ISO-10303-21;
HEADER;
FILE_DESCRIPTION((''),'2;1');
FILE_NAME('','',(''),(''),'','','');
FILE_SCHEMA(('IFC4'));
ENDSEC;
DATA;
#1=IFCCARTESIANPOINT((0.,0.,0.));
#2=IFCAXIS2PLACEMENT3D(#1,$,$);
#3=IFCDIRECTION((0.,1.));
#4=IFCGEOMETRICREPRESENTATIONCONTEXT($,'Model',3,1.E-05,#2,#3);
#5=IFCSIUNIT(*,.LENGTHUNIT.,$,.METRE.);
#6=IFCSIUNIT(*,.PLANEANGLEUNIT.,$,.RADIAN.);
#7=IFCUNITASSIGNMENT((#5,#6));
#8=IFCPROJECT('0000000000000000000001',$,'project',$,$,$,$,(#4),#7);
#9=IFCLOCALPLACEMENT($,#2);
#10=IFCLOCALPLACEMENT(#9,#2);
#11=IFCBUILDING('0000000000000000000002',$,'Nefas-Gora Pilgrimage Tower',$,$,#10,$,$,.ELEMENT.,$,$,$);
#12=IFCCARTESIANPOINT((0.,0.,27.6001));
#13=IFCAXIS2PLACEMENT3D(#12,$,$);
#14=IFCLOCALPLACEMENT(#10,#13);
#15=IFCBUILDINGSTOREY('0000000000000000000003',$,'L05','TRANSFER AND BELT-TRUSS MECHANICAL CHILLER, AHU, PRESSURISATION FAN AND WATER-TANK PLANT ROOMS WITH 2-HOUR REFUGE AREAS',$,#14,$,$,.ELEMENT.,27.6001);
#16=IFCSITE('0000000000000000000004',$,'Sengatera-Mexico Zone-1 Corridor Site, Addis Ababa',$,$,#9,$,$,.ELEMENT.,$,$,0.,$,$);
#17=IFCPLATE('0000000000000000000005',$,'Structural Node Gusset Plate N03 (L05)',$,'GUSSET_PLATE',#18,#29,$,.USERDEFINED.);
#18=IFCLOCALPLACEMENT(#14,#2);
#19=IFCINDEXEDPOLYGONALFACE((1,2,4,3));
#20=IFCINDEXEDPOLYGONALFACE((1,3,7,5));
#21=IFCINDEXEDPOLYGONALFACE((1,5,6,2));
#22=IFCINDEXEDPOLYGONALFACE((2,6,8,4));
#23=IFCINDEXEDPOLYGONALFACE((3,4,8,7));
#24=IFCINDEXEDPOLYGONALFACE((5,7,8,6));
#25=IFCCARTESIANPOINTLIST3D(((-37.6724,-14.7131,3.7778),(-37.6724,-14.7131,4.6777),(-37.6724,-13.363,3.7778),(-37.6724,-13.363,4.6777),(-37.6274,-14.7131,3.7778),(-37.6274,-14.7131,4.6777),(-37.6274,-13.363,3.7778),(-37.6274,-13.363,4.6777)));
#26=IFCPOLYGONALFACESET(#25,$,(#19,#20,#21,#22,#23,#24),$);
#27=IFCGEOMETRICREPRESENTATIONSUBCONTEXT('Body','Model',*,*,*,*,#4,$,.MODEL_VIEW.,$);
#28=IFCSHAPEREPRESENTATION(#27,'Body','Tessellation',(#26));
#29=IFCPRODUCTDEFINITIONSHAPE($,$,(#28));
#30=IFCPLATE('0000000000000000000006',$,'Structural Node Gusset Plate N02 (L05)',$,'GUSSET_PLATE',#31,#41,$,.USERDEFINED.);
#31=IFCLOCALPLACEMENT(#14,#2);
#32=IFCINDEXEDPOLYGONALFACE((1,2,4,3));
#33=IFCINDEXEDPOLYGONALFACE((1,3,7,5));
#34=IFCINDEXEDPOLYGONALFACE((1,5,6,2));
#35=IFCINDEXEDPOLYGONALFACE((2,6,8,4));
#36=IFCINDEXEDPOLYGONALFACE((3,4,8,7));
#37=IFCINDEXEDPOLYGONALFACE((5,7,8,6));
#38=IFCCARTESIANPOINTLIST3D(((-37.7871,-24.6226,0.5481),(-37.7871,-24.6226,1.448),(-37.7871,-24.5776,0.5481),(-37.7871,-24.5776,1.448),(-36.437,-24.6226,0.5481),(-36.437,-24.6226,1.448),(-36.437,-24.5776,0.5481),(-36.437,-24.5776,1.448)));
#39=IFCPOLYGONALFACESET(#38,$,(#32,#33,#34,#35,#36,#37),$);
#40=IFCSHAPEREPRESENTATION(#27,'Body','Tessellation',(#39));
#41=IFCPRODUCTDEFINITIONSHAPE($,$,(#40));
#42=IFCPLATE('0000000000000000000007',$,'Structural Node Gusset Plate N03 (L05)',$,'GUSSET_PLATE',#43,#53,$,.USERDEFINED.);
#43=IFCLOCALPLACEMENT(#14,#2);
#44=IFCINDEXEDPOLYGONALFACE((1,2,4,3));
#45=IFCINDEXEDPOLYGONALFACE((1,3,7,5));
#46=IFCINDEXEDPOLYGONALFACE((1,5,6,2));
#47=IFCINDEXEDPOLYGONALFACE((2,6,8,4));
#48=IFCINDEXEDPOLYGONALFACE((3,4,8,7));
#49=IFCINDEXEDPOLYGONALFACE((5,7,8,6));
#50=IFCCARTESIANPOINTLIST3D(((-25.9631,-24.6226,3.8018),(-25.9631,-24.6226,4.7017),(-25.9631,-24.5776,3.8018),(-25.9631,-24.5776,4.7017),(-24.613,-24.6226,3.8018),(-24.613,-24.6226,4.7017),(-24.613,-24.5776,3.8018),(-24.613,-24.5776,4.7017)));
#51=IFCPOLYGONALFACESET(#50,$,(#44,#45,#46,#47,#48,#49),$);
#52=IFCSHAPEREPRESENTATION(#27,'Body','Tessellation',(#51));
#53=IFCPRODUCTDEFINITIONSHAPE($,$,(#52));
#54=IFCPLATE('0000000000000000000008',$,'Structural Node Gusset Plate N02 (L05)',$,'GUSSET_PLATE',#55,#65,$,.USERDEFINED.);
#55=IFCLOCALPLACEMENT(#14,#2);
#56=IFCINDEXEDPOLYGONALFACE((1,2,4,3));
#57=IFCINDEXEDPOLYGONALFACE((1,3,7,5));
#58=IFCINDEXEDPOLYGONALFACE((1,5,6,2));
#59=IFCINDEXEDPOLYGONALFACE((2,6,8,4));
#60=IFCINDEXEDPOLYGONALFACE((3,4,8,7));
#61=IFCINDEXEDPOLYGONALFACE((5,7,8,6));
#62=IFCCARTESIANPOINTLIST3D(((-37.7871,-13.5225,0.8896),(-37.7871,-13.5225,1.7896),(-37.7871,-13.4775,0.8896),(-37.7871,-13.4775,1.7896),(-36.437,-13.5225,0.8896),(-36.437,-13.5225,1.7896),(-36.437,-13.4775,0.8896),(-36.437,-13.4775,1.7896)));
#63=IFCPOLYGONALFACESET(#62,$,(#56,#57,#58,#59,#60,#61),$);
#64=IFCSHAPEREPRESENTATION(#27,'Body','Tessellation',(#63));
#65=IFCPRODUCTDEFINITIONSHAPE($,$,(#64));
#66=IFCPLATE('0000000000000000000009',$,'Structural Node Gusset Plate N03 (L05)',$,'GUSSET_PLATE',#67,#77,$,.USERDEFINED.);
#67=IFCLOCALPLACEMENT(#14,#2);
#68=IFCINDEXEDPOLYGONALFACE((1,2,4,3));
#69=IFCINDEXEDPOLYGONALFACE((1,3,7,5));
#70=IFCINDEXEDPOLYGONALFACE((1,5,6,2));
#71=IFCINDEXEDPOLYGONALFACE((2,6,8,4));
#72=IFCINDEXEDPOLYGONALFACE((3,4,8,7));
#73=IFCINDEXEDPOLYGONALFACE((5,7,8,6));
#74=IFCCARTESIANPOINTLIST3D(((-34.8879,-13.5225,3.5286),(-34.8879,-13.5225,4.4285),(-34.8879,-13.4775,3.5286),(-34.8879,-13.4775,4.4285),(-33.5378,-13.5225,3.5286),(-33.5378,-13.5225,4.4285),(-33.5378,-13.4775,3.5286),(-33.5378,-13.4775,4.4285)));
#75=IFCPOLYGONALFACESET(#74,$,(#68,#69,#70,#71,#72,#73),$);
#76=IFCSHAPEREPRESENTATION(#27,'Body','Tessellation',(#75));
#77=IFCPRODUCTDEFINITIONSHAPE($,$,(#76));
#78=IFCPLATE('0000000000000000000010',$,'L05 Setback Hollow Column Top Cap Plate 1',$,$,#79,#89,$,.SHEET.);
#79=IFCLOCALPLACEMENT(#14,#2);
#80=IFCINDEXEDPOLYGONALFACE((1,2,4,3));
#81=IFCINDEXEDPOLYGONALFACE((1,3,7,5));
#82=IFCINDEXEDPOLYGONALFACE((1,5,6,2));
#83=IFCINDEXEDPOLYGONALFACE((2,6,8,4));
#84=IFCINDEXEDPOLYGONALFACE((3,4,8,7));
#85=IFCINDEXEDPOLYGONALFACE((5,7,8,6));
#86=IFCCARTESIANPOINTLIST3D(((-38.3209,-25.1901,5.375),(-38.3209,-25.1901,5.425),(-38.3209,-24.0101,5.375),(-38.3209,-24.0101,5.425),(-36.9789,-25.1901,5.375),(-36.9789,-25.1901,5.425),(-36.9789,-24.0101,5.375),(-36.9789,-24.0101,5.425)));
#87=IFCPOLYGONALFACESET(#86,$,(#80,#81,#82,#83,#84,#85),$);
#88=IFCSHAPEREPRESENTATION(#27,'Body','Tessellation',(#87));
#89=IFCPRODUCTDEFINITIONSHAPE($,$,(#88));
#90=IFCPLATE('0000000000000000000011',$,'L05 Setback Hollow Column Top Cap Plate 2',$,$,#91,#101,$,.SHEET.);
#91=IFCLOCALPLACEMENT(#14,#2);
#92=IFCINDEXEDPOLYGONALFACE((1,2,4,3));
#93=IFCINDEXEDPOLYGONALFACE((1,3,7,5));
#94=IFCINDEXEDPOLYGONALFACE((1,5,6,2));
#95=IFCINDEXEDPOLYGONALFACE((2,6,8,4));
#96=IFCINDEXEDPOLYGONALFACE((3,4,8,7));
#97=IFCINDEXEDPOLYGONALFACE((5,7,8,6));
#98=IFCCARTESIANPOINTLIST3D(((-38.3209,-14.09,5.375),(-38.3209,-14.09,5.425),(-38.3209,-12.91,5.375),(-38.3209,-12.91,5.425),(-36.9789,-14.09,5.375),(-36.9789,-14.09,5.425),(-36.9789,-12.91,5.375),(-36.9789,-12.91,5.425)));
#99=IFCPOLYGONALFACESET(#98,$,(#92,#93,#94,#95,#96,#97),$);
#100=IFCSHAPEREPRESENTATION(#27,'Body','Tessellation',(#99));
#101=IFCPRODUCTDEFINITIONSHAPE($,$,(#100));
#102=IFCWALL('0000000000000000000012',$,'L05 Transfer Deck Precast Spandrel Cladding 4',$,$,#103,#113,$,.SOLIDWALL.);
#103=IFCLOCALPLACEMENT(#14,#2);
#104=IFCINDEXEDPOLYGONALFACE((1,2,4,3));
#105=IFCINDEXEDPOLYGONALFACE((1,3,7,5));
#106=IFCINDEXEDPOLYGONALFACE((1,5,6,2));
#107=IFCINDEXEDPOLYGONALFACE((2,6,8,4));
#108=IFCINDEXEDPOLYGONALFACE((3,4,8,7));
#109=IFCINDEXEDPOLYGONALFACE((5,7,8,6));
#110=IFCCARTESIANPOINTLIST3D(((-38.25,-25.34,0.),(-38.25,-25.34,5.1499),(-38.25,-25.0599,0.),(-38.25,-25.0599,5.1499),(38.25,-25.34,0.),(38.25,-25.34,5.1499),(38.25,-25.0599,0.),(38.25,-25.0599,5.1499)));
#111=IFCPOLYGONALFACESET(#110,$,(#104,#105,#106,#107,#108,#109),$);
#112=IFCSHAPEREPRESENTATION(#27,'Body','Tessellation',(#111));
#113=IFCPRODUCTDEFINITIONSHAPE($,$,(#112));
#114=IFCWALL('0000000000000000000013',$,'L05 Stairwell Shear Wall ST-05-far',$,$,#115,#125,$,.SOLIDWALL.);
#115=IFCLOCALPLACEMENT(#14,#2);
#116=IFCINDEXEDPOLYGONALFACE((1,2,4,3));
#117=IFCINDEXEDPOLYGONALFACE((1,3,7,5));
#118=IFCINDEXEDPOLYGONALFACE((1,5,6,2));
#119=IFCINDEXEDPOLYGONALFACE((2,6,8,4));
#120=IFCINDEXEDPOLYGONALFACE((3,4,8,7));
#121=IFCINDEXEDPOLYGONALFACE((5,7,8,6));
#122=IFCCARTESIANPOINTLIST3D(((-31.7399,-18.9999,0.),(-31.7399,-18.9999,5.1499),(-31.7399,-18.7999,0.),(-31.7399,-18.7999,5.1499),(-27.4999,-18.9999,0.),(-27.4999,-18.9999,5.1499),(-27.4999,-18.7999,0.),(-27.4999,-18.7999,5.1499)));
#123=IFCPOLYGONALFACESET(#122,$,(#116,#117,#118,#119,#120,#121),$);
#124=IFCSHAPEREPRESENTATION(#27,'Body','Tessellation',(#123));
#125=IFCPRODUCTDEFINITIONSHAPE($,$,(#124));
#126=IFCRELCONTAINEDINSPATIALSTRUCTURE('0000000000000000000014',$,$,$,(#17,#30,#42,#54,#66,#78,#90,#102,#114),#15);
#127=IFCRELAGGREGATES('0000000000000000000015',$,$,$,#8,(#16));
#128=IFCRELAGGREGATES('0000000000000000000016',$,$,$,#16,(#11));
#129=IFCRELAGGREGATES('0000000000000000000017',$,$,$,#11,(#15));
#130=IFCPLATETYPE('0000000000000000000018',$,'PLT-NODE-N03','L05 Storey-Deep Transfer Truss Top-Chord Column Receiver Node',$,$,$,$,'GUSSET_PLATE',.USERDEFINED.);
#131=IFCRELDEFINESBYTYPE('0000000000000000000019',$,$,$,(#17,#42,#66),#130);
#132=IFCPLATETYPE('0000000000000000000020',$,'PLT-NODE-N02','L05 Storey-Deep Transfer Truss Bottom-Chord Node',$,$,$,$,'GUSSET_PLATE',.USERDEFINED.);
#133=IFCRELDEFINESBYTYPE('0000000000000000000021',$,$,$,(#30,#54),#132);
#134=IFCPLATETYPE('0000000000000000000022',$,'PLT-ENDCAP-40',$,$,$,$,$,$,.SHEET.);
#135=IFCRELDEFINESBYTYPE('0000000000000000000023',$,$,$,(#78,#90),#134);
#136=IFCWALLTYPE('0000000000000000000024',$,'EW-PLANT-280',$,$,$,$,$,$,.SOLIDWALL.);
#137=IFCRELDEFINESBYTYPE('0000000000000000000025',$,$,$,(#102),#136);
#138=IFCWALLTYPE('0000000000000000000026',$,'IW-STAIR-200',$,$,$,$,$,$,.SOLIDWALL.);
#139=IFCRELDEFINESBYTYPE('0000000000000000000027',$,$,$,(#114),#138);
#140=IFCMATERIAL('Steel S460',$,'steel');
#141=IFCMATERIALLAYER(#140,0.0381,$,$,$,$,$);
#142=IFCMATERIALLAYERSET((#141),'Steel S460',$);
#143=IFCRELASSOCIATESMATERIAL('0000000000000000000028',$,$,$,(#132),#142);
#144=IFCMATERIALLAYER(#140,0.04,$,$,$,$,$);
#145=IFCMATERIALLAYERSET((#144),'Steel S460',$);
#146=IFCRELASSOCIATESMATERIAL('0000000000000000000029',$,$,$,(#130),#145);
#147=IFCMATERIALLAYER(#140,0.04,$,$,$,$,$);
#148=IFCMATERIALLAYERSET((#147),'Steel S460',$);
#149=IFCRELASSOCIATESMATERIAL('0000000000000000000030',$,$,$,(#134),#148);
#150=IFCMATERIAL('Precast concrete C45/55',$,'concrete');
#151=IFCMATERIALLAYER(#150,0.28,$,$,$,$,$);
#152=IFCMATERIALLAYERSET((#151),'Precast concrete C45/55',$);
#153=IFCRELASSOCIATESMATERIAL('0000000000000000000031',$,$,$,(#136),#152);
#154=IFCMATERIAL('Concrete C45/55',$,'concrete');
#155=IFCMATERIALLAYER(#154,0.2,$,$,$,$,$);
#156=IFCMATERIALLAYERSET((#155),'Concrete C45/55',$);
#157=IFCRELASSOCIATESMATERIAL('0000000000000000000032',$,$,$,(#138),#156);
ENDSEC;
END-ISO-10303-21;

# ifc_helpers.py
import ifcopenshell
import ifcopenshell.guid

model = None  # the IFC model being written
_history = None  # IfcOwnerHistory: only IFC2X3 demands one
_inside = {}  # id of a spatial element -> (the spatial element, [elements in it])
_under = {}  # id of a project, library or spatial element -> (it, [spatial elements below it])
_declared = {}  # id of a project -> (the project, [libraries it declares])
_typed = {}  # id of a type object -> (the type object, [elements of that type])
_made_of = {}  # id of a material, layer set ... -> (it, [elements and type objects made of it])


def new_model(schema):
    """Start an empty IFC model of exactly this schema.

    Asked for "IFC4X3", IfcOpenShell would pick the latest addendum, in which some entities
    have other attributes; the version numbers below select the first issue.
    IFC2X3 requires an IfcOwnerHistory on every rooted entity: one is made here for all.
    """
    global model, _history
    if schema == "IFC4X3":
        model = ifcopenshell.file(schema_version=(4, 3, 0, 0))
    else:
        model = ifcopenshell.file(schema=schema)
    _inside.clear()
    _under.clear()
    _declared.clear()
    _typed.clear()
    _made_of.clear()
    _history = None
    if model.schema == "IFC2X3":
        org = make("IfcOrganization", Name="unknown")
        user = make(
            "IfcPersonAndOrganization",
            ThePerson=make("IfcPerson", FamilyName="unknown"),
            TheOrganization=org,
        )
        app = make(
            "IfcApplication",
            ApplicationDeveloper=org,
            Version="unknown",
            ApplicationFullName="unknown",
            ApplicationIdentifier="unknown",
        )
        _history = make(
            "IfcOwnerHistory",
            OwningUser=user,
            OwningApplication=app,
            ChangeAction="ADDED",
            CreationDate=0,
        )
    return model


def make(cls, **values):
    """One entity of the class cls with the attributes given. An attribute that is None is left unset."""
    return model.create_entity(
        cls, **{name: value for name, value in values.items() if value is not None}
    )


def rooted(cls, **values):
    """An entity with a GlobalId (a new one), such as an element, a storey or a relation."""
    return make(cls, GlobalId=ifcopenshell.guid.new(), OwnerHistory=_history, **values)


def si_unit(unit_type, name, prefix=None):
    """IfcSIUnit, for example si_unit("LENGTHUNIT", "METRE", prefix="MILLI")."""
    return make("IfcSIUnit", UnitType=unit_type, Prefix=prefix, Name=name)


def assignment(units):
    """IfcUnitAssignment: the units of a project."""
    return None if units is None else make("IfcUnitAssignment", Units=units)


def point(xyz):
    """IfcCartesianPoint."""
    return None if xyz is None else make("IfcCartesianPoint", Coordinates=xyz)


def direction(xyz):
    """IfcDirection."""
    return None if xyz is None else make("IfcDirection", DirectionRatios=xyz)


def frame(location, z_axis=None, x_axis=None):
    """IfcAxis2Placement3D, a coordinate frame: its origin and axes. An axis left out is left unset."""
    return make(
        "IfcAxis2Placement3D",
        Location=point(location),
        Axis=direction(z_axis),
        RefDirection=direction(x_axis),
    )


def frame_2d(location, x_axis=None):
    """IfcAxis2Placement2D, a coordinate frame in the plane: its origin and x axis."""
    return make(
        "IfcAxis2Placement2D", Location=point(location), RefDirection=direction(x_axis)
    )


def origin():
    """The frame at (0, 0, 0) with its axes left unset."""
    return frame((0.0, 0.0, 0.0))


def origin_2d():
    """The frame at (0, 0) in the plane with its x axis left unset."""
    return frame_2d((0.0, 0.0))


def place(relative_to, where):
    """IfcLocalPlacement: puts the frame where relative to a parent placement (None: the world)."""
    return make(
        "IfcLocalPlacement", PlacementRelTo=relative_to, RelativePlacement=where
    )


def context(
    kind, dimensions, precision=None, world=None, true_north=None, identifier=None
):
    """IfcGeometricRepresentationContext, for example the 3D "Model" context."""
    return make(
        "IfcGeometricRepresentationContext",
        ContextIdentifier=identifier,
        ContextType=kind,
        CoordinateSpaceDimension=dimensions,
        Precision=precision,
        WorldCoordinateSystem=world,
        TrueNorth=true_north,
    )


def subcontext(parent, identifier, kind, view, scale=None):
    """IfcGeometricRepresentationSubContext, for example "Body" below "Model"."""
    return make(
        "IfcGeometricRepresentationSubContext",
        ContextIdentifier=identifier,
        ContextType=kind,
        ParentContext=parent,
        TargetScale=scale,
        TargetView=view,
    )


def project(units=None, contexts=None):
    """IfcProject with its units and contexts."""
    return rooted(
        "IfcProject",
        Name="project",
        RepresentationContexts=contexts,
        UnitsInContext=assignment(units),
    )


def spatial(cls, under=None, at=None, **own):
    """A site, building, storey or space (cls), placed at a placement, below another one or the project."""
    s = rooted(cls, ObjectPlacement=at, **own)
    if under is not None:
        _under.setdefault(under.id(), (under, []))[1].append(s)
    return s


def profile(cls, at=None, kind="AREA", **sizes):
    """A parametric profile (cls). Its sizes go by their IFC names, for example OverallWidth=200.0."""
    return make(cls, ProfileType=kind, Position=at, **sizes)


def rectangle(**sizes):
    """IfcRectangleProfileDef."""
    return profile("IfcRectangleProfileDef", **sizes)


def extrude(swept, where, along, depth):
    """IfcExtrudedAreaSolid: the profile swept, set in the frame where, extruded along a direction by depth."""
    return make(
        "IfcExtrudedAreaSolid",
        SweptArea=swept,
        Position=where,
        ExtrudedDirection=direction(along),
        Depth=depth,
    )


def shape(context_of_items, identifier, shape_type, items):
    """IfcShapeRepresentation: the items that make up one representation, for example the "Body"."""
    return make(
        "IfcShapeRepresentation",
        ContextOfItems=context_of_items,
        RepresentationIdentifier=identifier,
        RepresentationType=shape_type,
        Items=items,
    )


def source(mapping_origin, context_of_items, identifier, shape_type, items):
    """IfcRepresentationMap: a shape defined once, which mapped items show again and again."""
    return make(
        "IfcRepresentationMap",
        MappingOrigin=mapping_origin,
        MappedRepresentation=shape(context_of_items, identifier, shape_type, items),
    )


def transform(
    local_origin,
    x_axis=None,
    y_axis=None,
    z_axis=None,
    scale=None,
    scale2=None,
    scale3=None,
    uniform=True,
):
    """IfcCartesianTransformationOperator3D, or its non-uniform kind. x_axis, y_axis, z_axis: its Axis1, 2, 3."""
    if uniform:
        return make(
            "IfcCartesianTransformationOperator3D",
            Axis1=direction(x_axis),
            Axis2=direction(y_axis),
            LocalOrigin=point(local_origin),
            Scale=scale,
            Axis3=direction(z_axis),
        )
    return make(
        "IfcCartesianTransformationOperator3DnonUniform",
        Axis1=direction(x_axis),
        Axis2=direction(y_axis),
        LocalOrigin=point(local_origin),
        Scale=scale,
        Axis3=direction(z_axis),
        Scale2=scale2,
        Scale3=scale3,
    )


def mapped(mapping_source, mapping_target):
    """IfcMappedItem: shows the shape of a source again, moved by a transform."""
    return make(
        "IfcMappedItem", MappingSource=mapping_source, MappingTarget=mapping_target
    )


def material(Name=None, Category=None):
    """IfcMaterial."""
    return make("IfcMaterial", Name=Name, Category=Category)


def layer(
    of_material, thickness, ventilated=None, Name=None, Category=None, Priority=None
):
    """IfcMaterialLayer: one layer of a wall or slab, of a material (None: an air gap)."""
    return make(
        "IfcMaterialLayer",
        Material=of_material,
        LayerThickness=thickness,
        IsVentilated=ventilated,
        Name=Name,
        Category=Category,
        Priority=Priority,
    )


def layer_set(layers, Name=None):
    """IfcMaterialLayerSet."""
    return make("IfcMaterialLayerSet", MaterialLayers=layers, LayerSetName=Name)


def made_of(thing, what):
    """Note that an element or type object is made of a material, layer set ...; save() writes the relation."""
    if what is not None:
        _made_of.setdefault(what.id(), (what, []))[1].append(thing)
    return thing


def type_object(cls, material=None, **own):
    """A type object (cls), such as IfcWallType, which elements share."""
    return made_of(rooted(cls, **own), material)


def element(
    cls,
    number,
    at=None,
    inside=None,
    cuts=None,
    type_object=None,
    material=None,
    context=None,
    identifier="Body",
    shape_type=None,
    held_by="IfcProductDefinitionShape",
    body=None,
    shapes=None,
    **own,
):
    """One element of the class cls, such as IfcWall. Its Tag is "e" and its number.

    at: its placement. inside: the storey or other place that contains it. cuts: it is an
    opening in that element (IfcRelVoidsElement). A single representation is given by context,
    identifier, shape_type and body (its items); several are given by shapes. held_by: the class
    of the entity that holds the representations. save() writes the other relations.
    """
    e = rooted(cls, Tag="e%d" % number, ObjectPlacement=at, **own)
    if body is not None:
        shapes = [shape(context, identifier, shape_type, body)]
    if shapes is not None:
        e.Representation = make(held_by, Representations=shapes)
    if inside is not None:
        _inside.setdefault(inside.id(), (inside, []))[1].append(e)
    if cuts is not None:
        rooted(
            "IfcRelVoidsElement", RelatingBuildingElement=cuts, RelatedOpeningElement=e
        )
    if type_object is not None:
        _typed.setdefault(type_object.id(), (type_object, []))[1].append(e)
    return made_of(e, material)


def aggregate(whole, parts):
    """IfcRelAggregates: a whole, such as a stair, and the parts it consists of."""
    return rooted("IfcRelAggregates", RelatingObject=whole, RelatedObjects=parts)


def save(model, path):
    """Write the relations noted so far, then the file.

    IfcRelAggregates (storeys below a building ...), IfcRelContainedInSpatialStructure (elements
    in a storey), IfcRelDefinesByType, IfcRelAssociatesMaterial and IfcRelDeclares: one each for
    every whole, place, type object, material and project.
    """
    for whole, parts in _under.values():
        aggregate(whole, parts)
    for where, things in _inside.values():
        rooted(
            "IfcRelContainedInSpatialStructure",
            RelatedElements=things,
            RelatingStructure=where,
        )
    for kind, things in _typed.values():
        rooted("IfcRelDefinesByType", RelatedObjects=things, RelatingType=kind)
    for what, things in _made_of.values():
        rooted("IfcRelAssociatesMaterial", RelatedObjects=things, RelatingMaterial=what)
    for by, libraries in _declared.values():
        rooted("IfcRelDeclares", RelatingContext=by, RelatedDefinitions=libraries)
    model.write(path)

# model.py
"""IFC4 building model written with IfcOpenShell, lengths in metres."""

from ifc_helpers import new_model, si_unit, direction, frame, frame_2d, origin, origin_2d, place, context, subcontext, project, spatial, rectangle, extrude, source, transform, mapped, material, layer, layer_set, type_object, element, save


model = new_model("IFC4")

# Units and contexts
model_context = context("Model", 3, precision=1e-05, world=origin(), true_north=direction((0.0, 1.0)))
body_context = subcontext(model_context, "Body", "Model", "MODEL_VIEW")
ifc_project = project(units=[si_unit("LENGTHUNIT", "METRE"), si_unit("PLANEANGLEUNIT", "RADIAN")], contexts=[model_context])

# Site, building, storey
site_placement = place(None, origin())
site = spatial("IfcSite", under=ifc_project, at=site_placement, Name="Sengatera-Mexico Zone-1 Corridor Site, Addis Ababa", CompositionType="ELEMENT", RefElevation=0.0)
building_placement = place(site_placement, origin())
building = spatial("IfcBuilding", under=site, at=building_placement, Name="Nefas-Gora Pilgrimage Tower", CompositionType="ELEMENT")
storey_placement = place(building_placement, frame((0.0, 0.0, 27.6001)))
storey = spatial("IfcBuildingStorey", under=building, at=storey_placement, Name="L05", Description="TRANSFER AND BELT-TRUSS MECHANICAL CHILLER, AHU, PRESSURISATION FAN AND WATER-TANK PLANT ROOMS WITH 2-HOUR REFUGE AREAS", CompositionType="ELEMENT", Elevation=27.6001)

# Shared definitions
ifc_material_1 = material(Name="Steel S460", Category="steel")

# Plates
ifc_layer_1 = layer(ifc_material_1, 0.0381)
ifc_layer_set_1 = layer_set([ifc_layer_1], Name="Steel S460")
plate_type_1 = type_object("IfcPlateType", Name="PLT-NODE-N02", Description="L05 Storey-Deep Transfer Truss Bottom-Chord Node", ElementType="GUSSET_PLATE", PredefinedType="USERDEFINED", material=ifc_layer_set_1)
shared_shape_1 = source(origin(), body_context, "Body", "SweptSolid", [
    extrude(rectangle(XDim=1.3501, YDim=0.0449, at=origin_2d()), origin(), (0.0, 0.0, 1.0), 0.8999),
])
ifc_layer_2 = layer(ifc_material_1, 0.04)
ifc_layer_set_2 = layer_set([ifc_layer_2], Name="Steel S460")
plate_type_2 = type_object("IfcPlateType", Name="PLT-NODE-N03", Description="L05 Storey-Deep Transfer Truss Top-Chord Column Receiver Node", ElementType="GUSSET_PLATE", PredefinedType="USERDEFINED", material=ifc_layer_set_2)
plate_1_placement = place(storey_placement, frame((-37.6499, -14.0381, 3.7778), z_axis=(0.0, 0.0, 1.0), x_axis=(0.0, 1.0, 0.0)))
element("IfcPlate", 1, at=plate_1_placement, inside=storey, type_object=plate_type_2, Name="Structural Node Gusset Plate N03 (L05)", ObjectType="GUSSET_PLATE", PredefinedType="USERDEFINED", context=body_context, shape_type="MappedRepresentation", body=[
    mapped(shared_shape_1, transform((0.0, 0.0, 0.0), x_axis=(1.0, 0.0, 0.0), y_axis=(0.0, 1.0, 0.0), z_axis=(0.0, 0.0, 1.0), scale=1.0)),
])
plate_2_placement = place(storey_placement, frame((-37.1121, -24.6001, 0.5481), z_axis=(0.0, 0.0, 1.0), x_axis=(1.0, 0.0, 0.0)))
element("IfcPlate", 2, at=plate_2_placement, inside=storey, type_object=plate_type_1, Name="Structural Node Gusset Plate N02 (L05)", ObjectType="GUSSET_PLATE", PredefinedType="USERDEFINED", context=body_context, shape_type="MappedRepresentation", body=[
    mapped(shared_shape_1, transform((0.0, 0.0, 0.0), x_axis=(1.0, 0.0, 0.0), y_axis=(0.0, 1.0, 0.0), z_axis=(0.0, 0.0, 1.0), scale=1.0)),
])
plate_3_placement = place(storey_placement, frame((-25.2881, -24.6001, 3.8018), z_axis=(0.0, 0.0, 1.0), x_axis=(1.0, 0.0, 0.0)))
element("IfcPlate", 3, at=plate_3_placement, inside=storey, type_object=plate_type_2, Name="Structural Node Gusset Plate N03 (L05)", ObjectType="GUSSET_PLATE", PredefinedType="USERDEFINED", context=body_context, shape_type="MappedRepresentation", body=[
    mapped(shared_shape_1, transform((0.0, 0.0, 0.0), x_axis=(1.0, 0.0, 0.0), y_axis=(0.0, 1.0, 0.0), z_axis=(0.0, 0.0, 1.0), scale=1.0)),
])
plate_4_placement = place(storey_placement, frame((-37.1121, -13.5, 0.8896), z_axis=(0.0, 0.0, 1.0), x_axis=(1.0, 0.0, 0.0)))
element("IfcPlate", 4, at=plate_4_placement, inside=storey, type_object=plate_type_1, Name="Structural Node Gusset Plate N02 (L05)", ObjectType="GUSSET_PLATE", PredefinedType="USERDEFINED", context=body_context, shape_type="MappedRepresentation", body=[
    mapped(shared_shape_1, transform((0.0, 0.0, 0.0), x_axis=(1.0, 0.0, 0.0), y_axis=(0.0, 1.0, 0.0), z_axis=(0.0, 0.0, 1.0), scale=1.0)),
])
plate_5_placement = place(storey_placement, frame((-34.2129, -13.5, 3.5286), z_axis=(0.0, 0.0, 1.0), x_axis=(1.0, 0.0, 0.0)))
element("IfcPlate", 5, at=plate_5_placement, inside=storey, type_object=plate_type_2, Name="Structural Node Gusset Plate N03 (L05)", ObjectType="GUSSET_PLATE", PredefinedType="USERDEFINED", context=body_context, shape_type="MappedRepresentation", body=[
    mapped(shared_shape_1, transform((0.0, 0.0, 0.0), x_axis=(1.0, 0.0, 0.0), y_axis=(0.0, 1.0, 0.0), z_axis=(0.0, 0.0, 1.0), scale=1.0)),
])
ifc_layer_3 = layer(ifc_material_1, 0.04)
ifc_layer_set_3 = layer_set([ifc_layer_3], Name="Steel S460")
plate_type_3 = type_object("IfcPlateType", Name="PLT-ENDCAP-40", PredefinedType="SHEET", material=ifc_layer_set_3)
shared_shape_2 = source(origin(), body_context, "Body", "SweptSolid", [
    extrude(rectangle(XDim=1.342, YDim=1.1799, at=origin_2d()), origin(), (0.0, 0.0, 1.0), 0.05),
])
for number, where, z_axis, x_axis, name in (
    (6, (-37.6499, -24.6001, 5.375), (0.0, 0.0, 1.0), (1.0, 0.0, 0.0), "L05 Setback Hollow Column Top Cap Plate 1"),
    (7, (-37.6499, -13.5, 5.375), (0.0, 0.0, 1.0), (1.0, 0.0, 0.0), "L05 Setback Hollow Column Top Cap Plate 2"),
):
    element("IfcPlate", number, at=place(storey_placement, frame(where, z_axis=z_axis, x_axis=x_axis)), inside=storey, type_object=plate_type_3, Name=name, PredefinedType="SHEET", context=body_context, shape_type="MappedRepresentation", body=[
        mapped(shared_shape_2, transform((0.0, 0.0, 0.0), x_axis=(1.0, 0.0, 0.0), y_axis=(0.0, 1.0, 0.0), z_axis=(0.0, 0.0, 1.0), scale=1.0)),
    ])

# Walls
ifc_material_2 = material(Name="Precast concrete C45/55", Category="concrete")
ifc_layer_4 = layer(ifc_material_2, 0.28)
ifc_layer_set_4 = layer_set([ifc_layer_4], Name="Precast concrete C45/55")
wall_type_1 = type_object("IfcWallType", Name="EW-PLANT-280", PredefinedType="SOLIDWALL", material=ifc_layer_set_4)
shared_shape_3 = source(origin(), body_context, "Body", "SweptSolid", [
    extrude(rectangle(XDim=76.5, YDim=0.28, at=frame_2d((38.25, 0.0))), origin(), (0.0, 0.0, 1.0), 5.1499),
])
wall_1_placement = place(storey_placement, frame((-38.25, -25.2, 0.0), z_axis=(0.0, 0.0, 1.0), x_axis=(1.0, 0.0, 0.0)))
element("IfcWall", 8, at=wall_1_placement, inside=storey, type_object=wall_type_1, Name="L05 Transfer Deck Precast Spandrel Cladding 4", PredefinedType="SOLIDWALL", context=body_context, shape_type="MappedRepresentation", body=[
    mapped(shared_shape_3, transform((0.0, 0.0, 0.0), x_axis=(1.0, 0.0, 0.0), y_axis=(0.0, 1.0, 0.0), z_axis=(0.0, 0.0, 1.0), scale=1.0)),
])
ifc_material_3 = material(Name="Concrete C45/55", Category="concrete")
ifc_layer_5 = layer(ifc_material_3, 0.2)
ifc_layer_set_5 = layer_set([ifc_layer_5], Name="Concrete C45/55")
wall_type_2 = type_object("IfcWallType", Name="IW-STAIR-200", PredefinedType="SOLIDWALL", material=ifc_layer_set_5)
shared_shape_4 = source(origin(), body_context, "Body", "SweptSolid", [
    extrude(rectangle(XDim=4.24, YDim=0.2, at=frame_2d((2.1201, 0.0))), origin(), (0.0, 0.0, 1.0), 5.1499),
])
wall_2_placement = place(storey_placement, frame((-31.74, -18.8999, 0.0), z_axis=(0.0, 0.0, 1.0), x_axis=(1.0, 0.0, 0.0)))
element("IfcWall", 9, at=wall_2_placement, inside=storey, type_object=wall_type_2, Name="L05 Stairwell Shear Wall ST-05-far", PredefinedType="SOLIDWALL", context=body_context, shape_type="MappedRepresentation", body=[
    mapped(shared_shape_4, transform((0.0, 0.0, 0.0), x_axis=(1.0, 0.0, 0.0), y_axis=(0.0, 1.0, 0.0), z_axis=(0.0, 0.0, 1.0), scale=1.0)),
])

save(model, "model.ifc")
